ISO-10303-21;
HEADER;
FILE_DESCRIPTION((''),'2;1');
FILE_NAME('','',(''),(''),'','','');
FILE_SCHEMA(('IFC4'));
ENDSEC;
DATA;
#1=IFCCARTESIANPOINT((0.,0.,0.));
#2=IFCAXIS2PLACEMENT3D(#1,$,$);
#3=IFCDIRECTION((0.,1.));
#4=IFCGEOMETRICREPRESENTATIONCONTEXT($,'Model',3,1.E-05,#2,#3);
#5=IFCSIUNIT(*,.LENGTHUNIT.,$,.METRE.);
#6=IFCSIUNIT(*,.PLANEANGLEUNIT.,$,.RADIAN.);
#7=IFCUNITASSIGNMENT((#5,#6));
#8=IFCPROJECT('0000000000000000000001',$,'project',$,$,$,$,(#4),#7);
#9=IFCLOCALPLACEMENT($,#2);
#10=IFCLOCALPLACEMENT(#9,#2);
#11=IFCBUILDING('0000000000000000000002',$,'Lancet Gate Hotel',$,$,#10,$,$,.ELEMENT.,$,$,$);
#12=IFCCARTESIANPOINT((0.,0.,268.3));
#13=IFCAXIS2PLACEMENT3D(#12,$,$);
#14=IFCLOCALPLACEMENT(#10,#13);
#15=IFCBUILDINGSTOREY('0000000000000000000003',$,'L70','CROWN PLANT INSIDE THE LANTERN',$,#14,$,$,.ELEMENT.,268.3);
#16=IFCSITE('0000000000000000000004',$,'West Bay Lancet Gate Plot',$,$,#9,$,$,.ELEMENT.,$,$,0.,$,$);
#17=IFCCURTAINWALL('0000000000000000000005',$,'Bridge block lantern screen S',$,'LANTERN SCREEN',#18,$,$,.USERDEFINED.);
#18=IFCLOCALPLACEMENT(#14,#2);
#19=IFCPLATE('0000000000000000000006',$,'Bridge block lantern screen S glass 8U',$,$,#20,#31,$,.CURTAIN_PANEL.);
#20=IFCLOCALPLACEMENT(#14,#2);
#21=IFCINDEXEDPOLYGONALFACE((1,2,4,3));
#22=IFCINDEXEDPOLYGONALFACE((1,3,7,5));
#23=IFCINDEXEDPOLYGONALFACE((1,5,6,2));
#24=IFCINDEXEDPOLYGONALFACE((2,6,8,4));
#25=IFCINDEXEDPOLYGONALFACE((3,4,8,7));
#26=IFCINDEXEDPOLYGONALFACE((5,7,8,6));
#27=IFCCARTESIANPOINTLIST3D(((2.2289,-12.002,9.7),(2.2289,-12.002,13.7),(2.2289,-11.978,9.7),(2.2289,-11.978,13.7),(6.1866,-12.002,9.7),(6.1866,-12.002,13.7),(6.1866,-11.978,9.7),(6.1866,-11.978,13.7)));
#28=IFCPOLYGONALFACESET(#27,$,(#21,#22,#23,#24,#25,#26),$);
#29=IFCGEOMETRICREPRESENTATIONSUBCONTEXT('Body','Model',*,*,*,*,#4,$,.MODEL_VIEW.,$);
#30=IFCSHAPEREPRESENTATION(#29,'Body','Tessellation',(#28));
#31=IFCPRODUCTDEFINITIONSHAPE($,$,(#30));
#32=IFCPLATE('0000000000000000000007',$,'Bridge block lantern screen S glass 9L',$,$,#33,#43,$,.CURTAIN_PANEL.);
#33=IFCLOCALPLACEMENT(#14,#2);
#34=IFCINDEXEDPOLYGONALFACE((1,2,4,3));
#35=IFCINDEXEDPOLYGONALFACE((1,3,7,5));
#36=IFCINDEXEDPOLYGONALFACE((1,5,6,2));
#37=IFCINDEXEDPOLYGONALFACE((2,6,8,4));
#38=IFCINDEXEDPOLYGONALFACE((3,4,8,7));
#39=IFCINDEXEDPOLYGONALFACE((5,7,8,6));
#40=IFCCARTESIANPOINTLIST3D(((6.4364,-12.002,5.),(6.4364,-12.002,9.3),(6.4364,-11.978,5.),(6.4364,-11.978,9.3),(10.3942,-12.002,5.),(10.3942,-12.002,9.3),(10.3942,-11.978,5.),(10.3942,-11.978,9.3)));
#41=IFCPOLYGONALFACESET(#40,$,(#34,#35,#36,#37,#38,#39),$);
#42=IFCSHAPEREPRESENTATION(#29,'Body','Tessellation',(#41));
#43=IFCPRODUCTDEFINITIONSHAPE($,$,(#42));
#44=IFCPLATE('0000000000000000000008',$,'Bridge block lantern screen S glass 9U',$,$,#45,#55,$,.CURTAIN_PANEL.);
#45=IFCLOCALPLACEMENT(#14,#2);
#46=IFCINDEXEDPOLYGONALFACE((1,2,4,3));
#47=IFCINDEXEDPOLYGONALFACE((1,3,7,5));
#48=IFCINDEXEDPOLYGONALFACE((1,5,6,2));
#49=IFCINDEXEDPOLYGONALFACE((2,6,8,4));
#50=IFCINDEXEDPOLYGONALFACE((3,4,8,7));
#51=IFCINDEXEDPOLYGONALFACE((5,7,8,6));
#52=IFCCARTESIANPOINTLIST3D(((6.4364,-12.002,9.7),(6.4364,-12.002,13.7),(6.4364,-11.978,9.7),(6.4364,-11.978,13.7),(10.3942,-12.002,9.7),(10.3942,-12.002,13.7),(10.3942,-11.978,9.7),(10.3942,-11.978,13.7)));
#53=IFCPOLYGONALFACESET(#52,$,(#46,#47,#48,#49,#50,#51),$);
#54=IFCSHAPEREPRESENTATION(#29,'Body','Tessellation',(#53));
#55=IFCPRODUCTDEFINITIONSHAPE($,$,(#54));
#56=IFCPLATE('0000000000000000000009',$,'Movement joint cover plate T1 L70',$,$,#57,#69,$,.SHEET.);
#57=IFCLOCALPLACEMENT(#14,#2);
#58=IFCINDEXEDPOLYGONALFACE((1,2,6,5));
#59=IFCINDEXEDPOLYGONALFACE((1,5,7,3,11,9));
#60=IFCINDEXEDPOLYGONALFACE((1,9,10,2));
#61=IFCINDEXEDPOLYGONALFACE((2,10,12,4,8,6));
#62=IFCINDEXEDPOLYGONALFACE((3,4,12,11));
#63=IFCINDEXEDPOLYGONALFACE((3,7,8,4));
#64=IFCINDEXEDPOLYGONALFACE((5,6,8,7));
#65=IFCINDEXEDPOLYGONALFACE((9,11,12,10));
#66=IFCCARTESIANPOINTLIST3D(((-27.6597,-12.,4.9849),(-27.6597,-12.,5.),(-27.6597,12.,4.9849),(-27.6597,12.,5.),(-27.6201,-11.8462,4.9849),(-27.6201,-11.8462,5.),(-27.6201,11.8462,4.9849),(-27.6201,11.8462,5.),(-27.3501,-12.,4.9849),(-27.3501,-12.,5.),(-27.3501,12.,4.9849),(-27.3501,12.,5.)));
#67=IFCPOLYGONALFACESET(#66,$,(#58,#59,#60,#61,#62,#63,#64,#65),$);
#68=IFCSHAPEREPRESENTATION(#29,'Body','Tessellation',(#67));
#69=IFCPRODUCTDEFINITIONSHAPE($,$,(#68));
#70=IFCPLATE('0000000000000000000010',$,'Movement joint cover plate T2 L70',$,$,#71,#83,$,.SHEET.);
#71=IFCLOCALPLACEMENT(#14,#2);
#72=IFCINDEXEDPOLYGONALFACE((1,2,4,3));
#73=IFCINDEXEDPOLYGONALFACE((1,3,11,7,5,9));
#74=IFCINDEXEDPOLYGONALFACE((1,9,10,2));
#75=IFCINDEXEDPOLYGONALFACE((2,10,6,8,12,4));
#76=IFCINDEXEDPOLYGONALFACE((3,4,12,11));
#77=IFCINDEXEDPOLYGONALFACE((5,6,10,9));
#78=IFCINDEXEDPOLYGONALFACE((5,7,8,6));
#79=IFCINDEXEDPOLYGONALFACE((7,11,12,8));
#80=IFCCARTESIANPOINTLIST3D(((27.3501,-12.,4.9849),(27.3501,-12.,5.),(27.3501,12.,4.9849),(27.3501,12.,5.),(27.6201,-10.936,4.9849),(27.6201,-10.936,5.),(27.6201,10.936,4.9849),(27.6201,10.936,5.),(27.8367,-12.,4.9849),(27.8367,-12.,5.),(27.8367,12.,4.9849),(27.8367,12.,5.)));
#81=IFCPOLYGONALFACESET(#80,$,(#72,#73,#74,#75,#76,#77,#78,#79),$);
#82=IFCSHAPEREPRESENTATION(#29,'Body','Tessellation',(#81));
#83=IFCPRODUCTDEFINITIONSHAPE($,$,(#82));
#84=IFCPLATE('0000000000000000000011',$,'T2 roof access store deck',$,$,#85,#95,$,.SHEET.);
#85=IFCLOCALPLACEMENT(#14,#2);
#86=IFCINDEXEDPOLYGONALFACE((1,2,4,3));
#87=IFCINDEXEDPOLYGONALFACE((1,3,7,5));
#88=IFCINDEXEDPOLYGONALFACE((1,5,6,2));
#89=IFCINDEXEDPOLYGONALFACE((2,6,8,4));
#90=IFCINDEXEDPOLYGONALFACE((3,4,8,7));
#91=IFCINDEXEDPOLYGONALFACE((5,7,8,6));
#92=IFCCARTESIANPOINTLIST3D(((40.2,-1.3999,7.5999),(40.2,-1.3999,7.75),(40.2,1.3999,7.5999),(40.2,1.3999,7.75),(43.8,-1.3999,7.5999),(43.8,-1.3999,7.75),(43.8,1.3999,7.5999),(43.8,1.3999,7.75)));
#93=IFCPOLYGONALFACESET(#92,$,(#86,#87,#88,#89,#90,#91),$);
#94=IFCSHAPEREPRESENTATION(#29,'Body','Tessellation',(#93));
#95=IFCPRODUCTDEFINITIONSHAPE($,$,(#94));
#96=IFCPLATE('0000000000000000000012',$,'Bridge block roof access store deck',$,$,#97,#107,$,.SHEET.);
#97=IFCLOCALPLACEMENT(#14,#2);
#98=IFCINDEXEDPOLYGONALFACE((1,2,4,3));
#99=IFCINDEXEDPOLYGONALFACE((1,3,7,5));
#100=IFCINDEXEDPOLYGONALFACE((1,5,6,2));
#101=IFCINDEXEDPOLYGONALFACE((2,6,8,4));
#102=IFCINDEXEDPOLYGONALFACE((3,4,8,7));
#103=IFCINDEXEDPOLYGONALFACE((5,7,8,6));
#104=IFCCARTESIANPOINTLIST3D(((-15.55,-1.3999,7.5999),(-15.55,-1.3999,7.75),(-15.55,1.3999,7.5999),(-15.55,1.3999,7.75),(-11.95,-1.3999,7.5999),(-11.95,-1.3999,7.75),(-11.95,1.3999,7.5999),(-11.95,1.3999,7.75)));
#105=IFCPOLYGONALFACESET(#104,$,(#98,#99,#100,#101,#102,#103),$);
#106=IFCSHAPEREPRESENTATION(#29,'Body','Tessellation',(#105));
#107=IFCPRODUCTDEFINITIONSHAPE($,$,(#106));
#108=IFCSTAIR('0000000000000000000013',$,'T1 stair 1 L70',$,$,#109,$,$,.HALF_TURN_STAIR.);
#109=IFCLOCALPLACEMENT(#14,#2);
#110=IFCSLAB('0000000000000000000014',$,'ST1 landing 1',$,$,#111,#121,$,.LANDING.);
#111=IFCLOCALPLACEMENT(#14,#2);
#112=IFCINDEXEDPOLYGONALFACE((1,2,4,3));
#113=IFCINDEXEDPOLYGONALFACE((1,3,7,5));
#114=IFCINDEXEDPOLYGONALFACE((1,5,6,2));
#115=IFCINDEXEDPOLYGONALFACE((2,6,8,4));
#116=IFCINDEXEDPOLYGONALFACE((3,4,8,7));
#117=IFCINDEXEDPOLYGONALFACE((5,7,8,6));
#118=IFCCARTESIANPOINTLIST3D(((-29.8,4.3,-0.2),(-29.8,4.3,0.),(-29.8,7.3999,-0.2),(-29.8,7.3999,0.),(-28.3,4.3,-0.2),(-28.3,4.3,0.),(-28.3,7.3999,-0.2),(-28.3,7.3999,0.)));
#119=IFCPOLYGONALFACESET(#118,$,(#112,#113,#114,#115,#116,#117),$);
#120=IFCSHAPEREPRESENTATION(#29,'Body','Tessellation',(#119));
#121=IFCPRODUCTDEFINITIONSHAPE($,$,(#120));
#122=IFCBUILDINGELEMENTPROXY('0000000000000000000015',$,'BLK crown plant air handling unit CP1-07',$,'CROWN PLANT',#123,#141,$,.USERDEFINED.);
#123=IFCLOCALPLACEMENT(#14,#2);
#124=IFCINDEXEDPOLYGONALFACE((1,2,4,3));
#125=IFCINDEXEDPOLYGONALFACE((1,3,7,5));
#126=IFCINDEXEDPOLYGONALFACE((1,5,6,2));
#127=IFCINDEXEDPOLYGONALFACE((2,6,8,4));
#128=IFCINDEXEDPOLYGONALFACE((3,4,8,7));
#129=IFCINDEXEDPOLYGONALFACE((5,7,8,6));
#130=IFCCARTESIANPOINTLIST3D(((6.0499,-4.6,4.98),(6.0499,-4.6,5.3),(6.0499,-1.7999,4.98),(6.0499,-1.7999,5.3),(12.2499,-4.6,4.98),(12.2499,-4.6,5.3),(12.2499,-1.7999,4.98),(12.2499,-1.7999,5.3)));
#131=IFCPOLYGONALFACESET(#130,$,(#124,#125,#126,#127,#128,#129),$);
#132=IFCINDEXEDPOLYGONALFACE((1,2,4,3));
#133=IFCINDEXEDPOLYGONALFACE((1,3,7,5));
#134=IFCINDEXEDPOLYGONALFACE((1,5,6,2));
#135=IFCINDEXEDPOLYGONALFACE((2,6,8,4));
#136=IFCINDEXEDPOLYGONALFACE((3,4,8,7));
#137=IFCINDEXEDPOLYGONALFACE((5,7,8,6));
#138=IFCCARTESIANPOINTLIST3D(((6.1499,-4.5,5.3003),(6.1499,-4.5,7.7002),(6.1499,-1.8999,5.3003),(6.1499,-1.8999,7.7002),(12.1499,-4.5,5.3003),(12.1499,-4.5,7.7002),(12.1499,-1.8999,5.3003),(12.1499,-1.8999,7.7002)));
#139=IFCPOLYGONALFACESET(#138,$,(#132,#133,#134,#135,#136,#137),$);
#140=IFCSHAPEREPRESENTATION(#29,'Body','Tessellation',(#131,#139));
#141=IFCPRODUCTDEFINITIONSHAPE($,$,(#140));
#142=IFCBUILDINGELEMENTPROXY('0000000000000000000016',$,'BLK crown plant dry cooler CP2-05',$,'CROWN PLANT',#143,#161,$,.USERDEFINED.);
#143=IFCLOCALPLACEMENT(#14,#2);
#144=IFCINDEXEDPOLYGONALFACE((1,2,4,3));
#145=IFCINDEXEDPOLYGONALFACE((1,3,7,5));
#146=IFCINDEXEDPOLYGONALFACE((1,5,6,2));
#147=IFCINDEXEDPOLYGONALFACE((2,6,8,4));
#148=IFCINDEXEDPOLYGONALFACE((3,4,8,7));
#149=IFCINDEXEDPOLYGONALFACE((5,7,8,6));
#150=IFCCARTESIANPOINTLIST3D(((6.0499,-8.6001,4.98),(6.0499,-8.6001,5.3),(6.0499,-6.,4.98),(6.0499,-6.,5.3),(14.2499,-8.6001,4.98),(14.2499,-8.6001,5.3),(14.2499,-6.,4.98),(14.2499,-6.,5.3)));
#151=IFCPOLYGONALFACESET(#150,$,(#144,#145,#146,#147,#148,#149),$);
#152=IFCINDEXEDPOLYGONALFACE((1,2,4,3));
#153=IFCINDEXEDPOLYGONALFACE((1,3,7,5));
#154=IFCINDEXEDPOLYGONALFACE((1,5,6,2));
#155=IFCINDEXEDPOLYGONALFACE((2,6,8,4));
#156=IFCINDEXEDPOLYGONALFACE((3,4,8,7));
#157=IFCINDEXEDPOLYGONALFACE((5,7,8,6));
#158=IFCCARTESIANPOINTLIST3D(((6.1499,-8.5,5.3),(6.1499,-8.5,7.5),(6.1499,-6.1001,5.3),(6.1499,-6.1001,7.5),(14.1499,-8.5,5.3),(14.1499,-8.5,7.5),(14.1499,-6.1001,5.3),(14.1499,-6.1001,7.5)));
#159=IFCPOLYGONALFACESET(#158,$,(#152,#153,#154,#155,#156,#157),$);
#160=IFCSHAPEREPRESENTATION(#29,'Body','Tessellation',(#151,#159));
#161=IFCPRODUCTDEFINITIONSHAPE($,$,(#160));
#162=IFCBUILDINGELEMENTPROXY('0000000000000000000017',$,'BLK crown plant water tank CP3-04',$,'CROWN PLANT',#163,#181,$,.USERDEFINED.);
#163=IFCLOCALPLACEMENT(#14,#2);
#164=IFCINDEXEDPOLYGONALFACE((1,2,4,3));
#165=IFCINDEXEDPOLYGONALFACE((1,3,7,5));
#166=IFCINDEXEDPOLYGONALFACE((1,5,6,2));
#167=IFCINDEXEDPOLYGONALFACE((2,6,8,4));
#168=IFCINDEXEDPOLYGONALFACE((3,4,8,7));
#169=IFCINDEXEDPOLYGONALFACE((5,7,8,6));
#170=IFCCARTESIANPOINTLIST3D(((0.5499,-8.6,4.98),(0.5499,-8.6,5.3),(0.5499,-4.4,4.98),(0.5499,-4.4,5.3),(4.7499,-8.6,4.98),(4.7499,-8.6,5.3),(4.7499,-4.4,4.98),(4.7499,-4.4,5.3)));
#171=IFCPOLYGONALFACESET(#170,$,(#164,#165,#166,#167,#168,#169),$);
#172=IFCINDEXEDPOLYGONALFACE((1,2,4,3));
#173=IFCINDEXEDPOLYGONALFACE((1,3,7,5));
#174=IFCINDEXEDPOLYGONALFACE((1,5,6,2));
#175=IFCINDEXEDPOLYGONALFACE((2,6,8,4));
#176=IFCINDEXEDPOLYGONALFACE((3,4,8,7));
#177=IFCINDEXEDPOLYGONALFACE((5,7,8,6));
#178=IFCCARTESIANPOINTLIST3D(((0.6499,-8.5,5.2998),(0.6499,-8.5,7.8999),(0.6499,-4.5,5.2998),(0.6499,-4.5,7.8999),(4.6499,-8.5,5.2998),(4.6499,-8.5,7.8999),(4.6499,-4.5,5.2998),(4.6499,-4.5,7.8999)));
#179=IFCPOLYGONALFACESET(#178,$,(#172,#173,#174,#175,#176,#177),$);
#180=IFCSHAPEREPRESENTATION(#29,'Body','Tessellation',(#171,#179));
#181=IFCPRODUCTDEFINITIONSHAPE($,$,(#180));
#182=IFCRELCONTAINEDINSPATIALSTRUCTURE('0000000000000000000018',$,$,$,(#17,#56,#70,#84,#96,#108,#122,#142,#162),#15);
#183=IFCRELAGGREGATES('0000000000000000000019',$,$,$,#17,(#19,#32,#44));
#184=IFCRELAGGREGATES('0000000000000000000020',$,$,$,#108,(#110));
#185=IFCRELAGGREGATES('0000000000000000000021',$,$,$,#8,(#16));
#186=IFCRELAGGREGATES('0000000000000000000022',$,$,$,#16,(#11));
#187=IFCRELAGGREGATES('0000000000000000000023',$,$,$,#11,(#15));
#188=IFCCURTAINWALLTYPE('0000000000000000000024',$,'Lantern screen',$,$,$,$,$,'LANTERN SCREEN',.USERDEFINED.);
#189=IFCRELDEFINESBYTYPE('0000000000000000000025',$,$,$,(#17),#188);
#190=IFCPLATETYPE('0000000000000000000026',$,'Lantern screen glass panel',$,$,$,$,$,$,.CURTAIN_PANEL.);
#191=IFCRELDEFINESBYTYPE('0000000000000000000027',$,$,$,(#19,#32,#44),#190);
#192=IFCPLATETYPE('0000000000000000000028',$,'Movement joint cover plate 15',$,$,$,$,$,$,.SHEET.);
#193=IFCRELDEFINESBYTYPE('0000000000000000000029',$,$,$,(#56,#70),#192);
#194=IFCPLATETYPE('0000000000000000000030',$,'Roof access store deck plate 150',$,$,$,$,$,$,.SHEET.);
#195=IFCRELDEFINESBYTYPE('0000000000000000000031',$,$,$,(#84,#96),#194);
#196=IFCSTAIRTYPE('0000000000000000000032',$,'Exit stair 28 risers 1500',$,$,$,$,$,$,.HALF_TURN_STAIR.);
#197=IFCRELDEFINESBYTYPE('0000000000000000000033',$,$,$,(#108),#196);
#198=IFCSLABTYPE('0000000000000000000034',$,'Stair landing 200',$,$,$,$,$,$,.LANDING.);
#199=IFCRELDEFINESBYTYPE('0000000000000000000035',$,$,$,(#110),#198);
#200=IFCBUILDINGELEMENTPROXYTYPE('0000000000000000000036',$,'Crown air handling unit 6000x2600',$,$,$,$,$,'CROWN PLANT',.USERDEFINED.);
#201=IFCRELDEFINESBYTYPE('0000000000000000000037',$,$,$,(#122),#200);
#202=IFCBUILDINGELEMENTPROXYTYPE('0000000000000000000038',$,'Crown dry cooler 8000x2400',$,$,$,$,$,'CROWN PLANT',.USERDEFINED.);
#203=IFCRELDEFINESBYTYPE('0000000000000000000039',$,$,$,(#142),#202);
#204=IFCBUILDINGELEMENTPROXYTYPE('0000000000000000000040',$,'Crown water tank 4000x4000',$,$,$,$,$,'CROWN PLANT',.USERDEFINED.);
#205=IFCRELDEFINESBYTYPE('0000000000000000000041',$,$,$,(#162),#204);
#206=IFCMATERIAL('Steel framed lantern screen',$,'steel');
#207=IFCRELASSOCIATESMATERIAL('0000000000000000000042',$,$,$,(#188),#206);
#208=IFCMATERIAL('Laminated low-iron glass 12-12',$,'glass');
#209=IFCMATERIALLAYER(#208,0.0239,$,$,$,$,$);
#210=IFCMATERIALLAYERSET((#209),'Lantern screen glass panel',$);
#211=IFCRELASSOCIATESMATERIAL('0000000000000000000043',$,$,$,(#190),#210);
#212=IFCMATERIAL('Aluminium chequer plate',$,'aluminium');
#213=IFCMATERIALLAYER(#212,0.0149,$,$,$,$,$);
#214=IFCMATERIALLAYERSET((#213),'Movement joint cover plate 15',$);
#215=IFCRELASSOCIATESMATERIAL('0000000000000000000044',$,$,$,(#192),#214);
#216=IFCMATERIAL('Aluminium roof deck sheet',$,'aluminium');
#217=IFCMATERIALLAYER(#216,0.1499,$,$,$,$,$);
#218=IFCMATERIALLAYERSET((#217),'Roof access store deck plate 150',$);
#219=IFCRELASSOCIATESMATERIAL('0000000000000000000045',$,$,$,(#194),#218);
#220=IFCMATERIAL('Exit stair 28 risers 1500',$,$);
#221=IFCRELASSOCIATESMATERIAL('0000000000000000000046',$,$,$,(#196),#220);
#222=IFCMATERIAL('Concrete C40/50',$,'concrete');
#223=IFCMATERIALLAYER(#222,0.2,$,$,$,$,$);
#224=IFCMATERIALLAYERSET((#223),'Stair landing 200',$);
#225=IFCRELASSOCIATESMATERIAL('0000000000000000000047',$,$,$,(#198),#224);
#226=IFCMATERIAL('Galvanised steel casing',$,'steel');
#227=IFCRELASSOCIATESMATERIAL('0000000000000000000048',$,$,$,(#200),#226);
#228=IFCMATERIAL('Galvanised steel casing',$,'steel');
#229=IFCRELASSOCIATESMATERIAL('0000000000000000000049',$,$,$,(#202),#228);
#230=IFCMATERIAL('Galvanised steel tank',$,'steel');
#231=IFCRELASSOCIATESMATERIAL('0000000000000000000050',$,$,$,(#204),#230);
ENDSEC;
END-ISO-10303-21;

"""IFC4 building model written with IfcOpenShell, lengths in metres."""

from ifc_helpers import new_model, si_unit, direction, frame, origin, origin_with_axes, origin_2d, place, context, subcontext, project, spatial, polyline, rectangle, outline, extrude, material, layer, layer_set, type_object, element, aggregate, save


model = new_model("IFC4")

# Units and contexts
model_context = context("Model", 3, precision=1e-05, world=origin(), true_north=direction((0.0, 1.0)))
body_context = subcontext(model_context, "Body", "Model", "MODEL_VIEW")
ifc_project = project(units=[si_unit("LENGTHUNIT", "METRE"), si_unit("PLANEANGLEUNIT", "RADIAN")], contexts=[model_context])

# Site, building, storey
site_placement = place(None, origin())
site = spatial("IfcSite", under=ifc_project, at=site_placement, Name="West Bay Lancet Gate Plot", CompositionType="ELEMENT", RefElevation=0.0)
building_placement = place(site_placement, origin())
building = spatial("IfcBuilding", under=site, at=building_placement, Name="Lancet Gate Hotel", CompositionType="ELEMENT")
storey_placement = place(building_placement, frame((0.0, 0.0, 268.3)))
storey = spatial("IfcBuildingStorey", under=building, at=storey_placement, Name="L70", Description="CROWN PLANT INSIDE THE LANTERN", CompositionType="ELEMENT", Elevation=268.3)

# Curtain wall
ifc_material_1 = material(Name="Steel framed lantern screen", Category="steel")
curtain_wall_type_1 = type_object("IfcCurtainWallType", Name="Lantern screen", ElementType="LANTERN SCREEN", PredefinedType="USERDEFINED", material=ifc_material_1)
curtain_wall_1_placement = place(storey_placement, origin())
curtain_wall_1 = element("IfcCurtainWall", 1, at=curtain_wall_1_placement, inside=storey, type_object=curtain_wall_type_1, Name="Bridge block lantern screen S", ObjectType="LANTERN SCREEN", PredefinedType="USERDEFINED")

# Plates
ifc_material_2 = material(Name="Laminated low-iron glass 12-12", Category="glass")
ifc_layer_1 = layer(ifc_material_2, 0.0239)
ifc_layer_set_1 = layer_set([ifc_layer_1], Name="Lantern screen glass panel")
plate_type_1 = type_object("IfcPlateType", Name="Lantern screen glass panel", PredefinedType="CURTAIN_PANEL", material=ifc_layer_set_1)
plate_1_placement = place(storey_placement, frame((4.2078, -11.99, 9.7), z_axis=(0.0, 0.0, 1.0), x_axis=(1.0, 0.0, 0.0)))
plate_1 = element("IfcPlate", 2, at=plate_1_placement, type_object=plate_type_1, Name="Bridge block lantern screen S glass 8U", PredefinedType="CURTAIN_PANEL", context=body_context, shape_type="SweptSolid", body=[
    extrude(rectangle(XDim=3.9578, YDim=0.0239, at=origin_2d()), origin(), (0.0, 0.0, 1.0), 4.0),
])
plate_2_placement = place(storey_placement, frame((8.4153, -11.99, 5.0), z_axis=(0.0, 0.0, 1.0), x_axis=(1.0, 0.0, 0.0)))
plate_2 = element("IfcPlate", 3, at=plate_2_placement, type_object=plate_type_1, Name="Bridge block lantern screen S glass 9L", PredefinedType="CURTAIN_PANEL", context=body_context, shape_type="SweptSolid", body=[
    extrude(rectangle(XDim=3.9578, YDim=0.0239, at=origin_2d()), origin(), (0.0, 0.0, 1.0), 4.3),
])
plate_3_placement = place(storey_placement, frame((8.4153, -11.99, 9.7), z_axis=(0.0, 0.0, 1.0), x_axis=(1.0, 0.0, 0.0)))
plate_3 = element("IfcPlate", 4, at=plate_3_placement, type_object=plate_type_1, Name="Bridge block lantern screen S glass 9U", PredefinedType="CURTAIN_PANEL", context=body_context, shape_type="SweptSolid", body=[
    extrude(rectangle(XDim=3.9578, YDim=0.0239, at=origin_2d()), origin(), (0.0, 0.0, 1.0), 4.0),
])
aggregate(curtain_wall_1, [plate_1, plate_2, plate_3])

# Plates
ifc_material_3 = material(Name="Aluminium chequer plate", Category="aluminium")
ifc_layer_2 = layer(ifc_material_3, 0.0149)
ifc_layer_set_2 = layer_set([ifc_layer_2], Name="Movement joint cover plate 15")
plate_type_2 = type_object("IfcPlateType", Name="Movement joint cover plate 15", PredefinedType="SHEET", material=ifc_layer_set_2)
plate_4_placement = place(storey_placement, frame((0.0, 0.0, 4.9849)))
element("IfcPlate", 5, at=plate_4_placement, inside=storey, type_object=plate_type_2, Name="Movement joint cover plate T1 L70", PredefinedType="SHEET", context=body_context, shape_type="SweptSolid", body=[
    extrude(outline(polyline([(-27.3501, 12.0), (-27.6597, 12.0), (-27.6201, 11.8462), (-27.6201, -11.8462), (-27.6597, -12.0), (-27.3501, -12.0), (-27.3501, 12.0)])), origin(), (0.0, 0.0, 1.0), 0.0151),
])
plate_5_placement = place(storey_placement, frame((0.0, 0.0, 4.9849)))
element("IfcPlate", 6, at=plate_5_placement, inside=storey, type_object=plate_type_2, Name="Movement joint cover plate T2 L70", PredefinedType="SHEET", context=body_context, shape_type="SweptSolid", body=[
    extrude(outline(polyline([(27.3501, -12.0), (27.8367, -12.0), (27.6201, -10.936), (27.6201, 10.936), (27.8367, 12.0), (27.3501, 12.0), (27.3501, -12.0)])), origin(), (0.0, 0.0, 1.0), 0.0151),
])
ifc_material_4 = material(Name="Aluminium roof deck sheet", Category="aluminium")
ifc_layer_3 = layer(ifc_material_4, 0.1499)
ifc_layer_set_3 = layer_set([ifc_layer_3], Name="Roof access store deck plate 150")
plate_type_3 = type_object("IfcPlateType", Name="Roof access store deck plate 150", PredefinedType="SHEET", material=ifc_layer_set_3)
plate_6_placement = place(storey_placement, frame((0.0, 0.0, 7.5999)))
element("IfcPlate", 7, at=plate_6_placement, inside=storey, type_object=plate_type_3, Name="T2 roof access store deck", PredefinedType="SHEET", context=body_context, shape_type="SweptSolid", body=[
    extrude(outline(polyline([(43.8, -1.3999), (43.8, 1.3999), (40.2, 1.3999), (40.2, -1.3999), (43.8, -1.3999)])), origin(), (0.0, 0.0, 1.0), 0.1501),
])
plate_7_placement = place(storey_placement, frame((0.0, 0.0, 7.5999)))
element("IfcPlate", 8, at=plate_7_placement, inside=storey, type_object=plate_type_3, Name="Bridge block roof access store deck", PredefinedType="SHEET", context=body_context, shape_type="SweptSolid", body=[
    extrude(outline(polyline([(-11.95, -1.3999), (-11.95, 1.3999), (-15.55, 1.3999), (-15.55, -1.3999), (-11.95, -1.3999)])), origin(), (0.0, 0.0, 1.0), 0.1501),
])

# Stair, slab
ifc_material_5 = material(Name="Exit stair 28 risers 1500")
stair_type = type_object("IfcStairType", Name="Exit stair 28 risers 1500", PredefinedType="HALF_TURN_STAIR", material=ifc_material_5)
stair_placement = place(storey_placement, origin())
stair = element("IfcStair", 9, at=stair_placement, inside=storey, type_object=stair_type, Name="T1 stair 1 L70", PredefinedType="HALF_TURN_STAIR")
ifc_material_6 = material(Name="Concrete C40/50", Category="concrete")
ifc_layer_4 = layer(ifc_material_6, 0.2)
ifc_layer_set_4 = layer_set([ifc_layer_4], Name="Stair landing 200")
slab_type = type_object("IfcSlabType", Name="Stair landing 200", PredefinedType="LANDING", material=ifc_layer_set_4)
slab_placement = place(storey_placement, frame((0.0, 0.0, -0.2)))
slab = element("IfcSlab", 10, at=slab_placement, type_object=slab_type, Name="ST1 landing 1", PredefinedType="LANDING", context=body_context, shape_type="SweptSolid", body=[
    extrude(outline(polyline([(-28.3, 7.3999), (-29.8, 7.3999), (-29.8, 4.3), (-28.3, 4.3), (-28.3, 7.3999)])), origin(), (0.0, 0.0, 1.0), 0.2),
])
aggregate(stair, [slab])

# Building element proxies
ifc_material_7 = material(Name="Galvanised steel casing", Category="steel")
building_element_proxy_type_1 = type_object("IfcBuildingElementProxyType", Name="Crown air handling unit 6000x2600", ElementType="CROWN PLANT", PredefinedType="USERDEFINED", material=ifc_material_7)
proxy_1_placement = place(storey_placement, frame((9.1499, -3.2, 4.98), z_axis=(0.0, 0.0, 1.0), x_axis=(1.0, 0.0, 0.0)))
element("IfcBuildingElementProxy", 11, at=proxy_1_placement, inside=storey, type_object=building_element_proxy_type_1, Name="BLK crown plant air handling unit CP1-07", ObjectType="CROWN PLANT", PredefinedType="USERDEFINED", context=body_context, shape_type="SweptSolid", body=[
    extrude(rectangle(XDim=6.2, YDim=2.8, at=origin_2d()), origin_with_axes(), (0.0, 0.0, 1.0), 0.3201),
    extrude(rectangle(XDim=6.0, YDim=2.6001, at=origin_2d()), frame((0.0, 0.0, 0.3203), z_axis=(0.0, 0.0, 1.0), x_axis=(1.0, 0.0, 0.0)), (0.0, 0.0, 1.0), 2.3999),
])
ifc_material_8 = material(Name="Galvanised steel casing", Category="steel")
building_element_proxy_type_2 = type_object("IfcBuildingElementProxyType", Name="Crown dry cooler 8000x2400", ElementType="CROWN PLANT", PredefinedType="USERDEFINED", material=ifc_material_8)
proxy_2_placement = place(storey_placement, frame((10.1499, -7.3, 4.98), z_axis=(0.0, 0.0, 1.0), x_axis=(1.0, 0.0, 0.0)))
element("IfcBuildingElementProxy", 12, at=proxy_2_placement, inside=storey, type_object=building_element_proxy_type_2, Name="BLK crown plant dry cooler CP2-05", ObjectType="CROWN PLANT", PredefinedType="USERDEFINED", context=body_context, shape_type="SweptSolid", body=[
    extrude(rectangle(XDim=8.2, YDim=2.6001, at=origin_2d()), origin_with_axes(), (0.0, 0.0, 1.0), 0.3201),
    extrude(rectangle(XDim=8.0, YDim=2.3999, at=origin_2d()), frame((0.0, 0.0, 0.3201), z_axis=(0.0, 0.0, 1.0), x_axis=(1.0, 0.0, 0.0)), (0.0, 0.0, 1.0), 2.2),
])
ifc_material_9 = material(Name="Galvanised steel tank", Category="steel")
building_element_proxy_type_3 = type_object("IfcBuildingElementProxyType", Name="Crown water tank 4000x4000", ElementType="CROWN PLANT", PredefinedType="USERDEFINED", material=ifc_material_9)
proxy_3_placement = place(storey_placement, frame((2.6499, -6.5, 4.98), z_axis=(0.0, 0.0, 1.0), x_axis=(1.0, 0.0, 0.0)))
element("IfcBuildingElementProxy", 13, at=proxy_3_placement, inside=storey, type_object=building_element_proxy_type_3, Name="BLK crown plant water tank CP3-04", ObjectType="CROWN PLANT", PredefinedType="USERDEFINED", context=body_context, shape_type="SweptSolid", body=[
    extrude(rectangle(XDim=4.2, YDim=4.2, at=origin_2d()), origin_with_axes(), (0.0, 0.0, 1.0), 0.3201),
    extrude(rectangle(XDim=4.0, YDim=4.0, at=origin_2d()), frame((0.0, 0.0, 0.3198), z_axis=(0.0, 0.0, 1.0), x_axis=(1.0, 0.0, 0.0)), (0.0, 0.0, 1.0), 2.6001),
])

save(model, "model.ifc")
